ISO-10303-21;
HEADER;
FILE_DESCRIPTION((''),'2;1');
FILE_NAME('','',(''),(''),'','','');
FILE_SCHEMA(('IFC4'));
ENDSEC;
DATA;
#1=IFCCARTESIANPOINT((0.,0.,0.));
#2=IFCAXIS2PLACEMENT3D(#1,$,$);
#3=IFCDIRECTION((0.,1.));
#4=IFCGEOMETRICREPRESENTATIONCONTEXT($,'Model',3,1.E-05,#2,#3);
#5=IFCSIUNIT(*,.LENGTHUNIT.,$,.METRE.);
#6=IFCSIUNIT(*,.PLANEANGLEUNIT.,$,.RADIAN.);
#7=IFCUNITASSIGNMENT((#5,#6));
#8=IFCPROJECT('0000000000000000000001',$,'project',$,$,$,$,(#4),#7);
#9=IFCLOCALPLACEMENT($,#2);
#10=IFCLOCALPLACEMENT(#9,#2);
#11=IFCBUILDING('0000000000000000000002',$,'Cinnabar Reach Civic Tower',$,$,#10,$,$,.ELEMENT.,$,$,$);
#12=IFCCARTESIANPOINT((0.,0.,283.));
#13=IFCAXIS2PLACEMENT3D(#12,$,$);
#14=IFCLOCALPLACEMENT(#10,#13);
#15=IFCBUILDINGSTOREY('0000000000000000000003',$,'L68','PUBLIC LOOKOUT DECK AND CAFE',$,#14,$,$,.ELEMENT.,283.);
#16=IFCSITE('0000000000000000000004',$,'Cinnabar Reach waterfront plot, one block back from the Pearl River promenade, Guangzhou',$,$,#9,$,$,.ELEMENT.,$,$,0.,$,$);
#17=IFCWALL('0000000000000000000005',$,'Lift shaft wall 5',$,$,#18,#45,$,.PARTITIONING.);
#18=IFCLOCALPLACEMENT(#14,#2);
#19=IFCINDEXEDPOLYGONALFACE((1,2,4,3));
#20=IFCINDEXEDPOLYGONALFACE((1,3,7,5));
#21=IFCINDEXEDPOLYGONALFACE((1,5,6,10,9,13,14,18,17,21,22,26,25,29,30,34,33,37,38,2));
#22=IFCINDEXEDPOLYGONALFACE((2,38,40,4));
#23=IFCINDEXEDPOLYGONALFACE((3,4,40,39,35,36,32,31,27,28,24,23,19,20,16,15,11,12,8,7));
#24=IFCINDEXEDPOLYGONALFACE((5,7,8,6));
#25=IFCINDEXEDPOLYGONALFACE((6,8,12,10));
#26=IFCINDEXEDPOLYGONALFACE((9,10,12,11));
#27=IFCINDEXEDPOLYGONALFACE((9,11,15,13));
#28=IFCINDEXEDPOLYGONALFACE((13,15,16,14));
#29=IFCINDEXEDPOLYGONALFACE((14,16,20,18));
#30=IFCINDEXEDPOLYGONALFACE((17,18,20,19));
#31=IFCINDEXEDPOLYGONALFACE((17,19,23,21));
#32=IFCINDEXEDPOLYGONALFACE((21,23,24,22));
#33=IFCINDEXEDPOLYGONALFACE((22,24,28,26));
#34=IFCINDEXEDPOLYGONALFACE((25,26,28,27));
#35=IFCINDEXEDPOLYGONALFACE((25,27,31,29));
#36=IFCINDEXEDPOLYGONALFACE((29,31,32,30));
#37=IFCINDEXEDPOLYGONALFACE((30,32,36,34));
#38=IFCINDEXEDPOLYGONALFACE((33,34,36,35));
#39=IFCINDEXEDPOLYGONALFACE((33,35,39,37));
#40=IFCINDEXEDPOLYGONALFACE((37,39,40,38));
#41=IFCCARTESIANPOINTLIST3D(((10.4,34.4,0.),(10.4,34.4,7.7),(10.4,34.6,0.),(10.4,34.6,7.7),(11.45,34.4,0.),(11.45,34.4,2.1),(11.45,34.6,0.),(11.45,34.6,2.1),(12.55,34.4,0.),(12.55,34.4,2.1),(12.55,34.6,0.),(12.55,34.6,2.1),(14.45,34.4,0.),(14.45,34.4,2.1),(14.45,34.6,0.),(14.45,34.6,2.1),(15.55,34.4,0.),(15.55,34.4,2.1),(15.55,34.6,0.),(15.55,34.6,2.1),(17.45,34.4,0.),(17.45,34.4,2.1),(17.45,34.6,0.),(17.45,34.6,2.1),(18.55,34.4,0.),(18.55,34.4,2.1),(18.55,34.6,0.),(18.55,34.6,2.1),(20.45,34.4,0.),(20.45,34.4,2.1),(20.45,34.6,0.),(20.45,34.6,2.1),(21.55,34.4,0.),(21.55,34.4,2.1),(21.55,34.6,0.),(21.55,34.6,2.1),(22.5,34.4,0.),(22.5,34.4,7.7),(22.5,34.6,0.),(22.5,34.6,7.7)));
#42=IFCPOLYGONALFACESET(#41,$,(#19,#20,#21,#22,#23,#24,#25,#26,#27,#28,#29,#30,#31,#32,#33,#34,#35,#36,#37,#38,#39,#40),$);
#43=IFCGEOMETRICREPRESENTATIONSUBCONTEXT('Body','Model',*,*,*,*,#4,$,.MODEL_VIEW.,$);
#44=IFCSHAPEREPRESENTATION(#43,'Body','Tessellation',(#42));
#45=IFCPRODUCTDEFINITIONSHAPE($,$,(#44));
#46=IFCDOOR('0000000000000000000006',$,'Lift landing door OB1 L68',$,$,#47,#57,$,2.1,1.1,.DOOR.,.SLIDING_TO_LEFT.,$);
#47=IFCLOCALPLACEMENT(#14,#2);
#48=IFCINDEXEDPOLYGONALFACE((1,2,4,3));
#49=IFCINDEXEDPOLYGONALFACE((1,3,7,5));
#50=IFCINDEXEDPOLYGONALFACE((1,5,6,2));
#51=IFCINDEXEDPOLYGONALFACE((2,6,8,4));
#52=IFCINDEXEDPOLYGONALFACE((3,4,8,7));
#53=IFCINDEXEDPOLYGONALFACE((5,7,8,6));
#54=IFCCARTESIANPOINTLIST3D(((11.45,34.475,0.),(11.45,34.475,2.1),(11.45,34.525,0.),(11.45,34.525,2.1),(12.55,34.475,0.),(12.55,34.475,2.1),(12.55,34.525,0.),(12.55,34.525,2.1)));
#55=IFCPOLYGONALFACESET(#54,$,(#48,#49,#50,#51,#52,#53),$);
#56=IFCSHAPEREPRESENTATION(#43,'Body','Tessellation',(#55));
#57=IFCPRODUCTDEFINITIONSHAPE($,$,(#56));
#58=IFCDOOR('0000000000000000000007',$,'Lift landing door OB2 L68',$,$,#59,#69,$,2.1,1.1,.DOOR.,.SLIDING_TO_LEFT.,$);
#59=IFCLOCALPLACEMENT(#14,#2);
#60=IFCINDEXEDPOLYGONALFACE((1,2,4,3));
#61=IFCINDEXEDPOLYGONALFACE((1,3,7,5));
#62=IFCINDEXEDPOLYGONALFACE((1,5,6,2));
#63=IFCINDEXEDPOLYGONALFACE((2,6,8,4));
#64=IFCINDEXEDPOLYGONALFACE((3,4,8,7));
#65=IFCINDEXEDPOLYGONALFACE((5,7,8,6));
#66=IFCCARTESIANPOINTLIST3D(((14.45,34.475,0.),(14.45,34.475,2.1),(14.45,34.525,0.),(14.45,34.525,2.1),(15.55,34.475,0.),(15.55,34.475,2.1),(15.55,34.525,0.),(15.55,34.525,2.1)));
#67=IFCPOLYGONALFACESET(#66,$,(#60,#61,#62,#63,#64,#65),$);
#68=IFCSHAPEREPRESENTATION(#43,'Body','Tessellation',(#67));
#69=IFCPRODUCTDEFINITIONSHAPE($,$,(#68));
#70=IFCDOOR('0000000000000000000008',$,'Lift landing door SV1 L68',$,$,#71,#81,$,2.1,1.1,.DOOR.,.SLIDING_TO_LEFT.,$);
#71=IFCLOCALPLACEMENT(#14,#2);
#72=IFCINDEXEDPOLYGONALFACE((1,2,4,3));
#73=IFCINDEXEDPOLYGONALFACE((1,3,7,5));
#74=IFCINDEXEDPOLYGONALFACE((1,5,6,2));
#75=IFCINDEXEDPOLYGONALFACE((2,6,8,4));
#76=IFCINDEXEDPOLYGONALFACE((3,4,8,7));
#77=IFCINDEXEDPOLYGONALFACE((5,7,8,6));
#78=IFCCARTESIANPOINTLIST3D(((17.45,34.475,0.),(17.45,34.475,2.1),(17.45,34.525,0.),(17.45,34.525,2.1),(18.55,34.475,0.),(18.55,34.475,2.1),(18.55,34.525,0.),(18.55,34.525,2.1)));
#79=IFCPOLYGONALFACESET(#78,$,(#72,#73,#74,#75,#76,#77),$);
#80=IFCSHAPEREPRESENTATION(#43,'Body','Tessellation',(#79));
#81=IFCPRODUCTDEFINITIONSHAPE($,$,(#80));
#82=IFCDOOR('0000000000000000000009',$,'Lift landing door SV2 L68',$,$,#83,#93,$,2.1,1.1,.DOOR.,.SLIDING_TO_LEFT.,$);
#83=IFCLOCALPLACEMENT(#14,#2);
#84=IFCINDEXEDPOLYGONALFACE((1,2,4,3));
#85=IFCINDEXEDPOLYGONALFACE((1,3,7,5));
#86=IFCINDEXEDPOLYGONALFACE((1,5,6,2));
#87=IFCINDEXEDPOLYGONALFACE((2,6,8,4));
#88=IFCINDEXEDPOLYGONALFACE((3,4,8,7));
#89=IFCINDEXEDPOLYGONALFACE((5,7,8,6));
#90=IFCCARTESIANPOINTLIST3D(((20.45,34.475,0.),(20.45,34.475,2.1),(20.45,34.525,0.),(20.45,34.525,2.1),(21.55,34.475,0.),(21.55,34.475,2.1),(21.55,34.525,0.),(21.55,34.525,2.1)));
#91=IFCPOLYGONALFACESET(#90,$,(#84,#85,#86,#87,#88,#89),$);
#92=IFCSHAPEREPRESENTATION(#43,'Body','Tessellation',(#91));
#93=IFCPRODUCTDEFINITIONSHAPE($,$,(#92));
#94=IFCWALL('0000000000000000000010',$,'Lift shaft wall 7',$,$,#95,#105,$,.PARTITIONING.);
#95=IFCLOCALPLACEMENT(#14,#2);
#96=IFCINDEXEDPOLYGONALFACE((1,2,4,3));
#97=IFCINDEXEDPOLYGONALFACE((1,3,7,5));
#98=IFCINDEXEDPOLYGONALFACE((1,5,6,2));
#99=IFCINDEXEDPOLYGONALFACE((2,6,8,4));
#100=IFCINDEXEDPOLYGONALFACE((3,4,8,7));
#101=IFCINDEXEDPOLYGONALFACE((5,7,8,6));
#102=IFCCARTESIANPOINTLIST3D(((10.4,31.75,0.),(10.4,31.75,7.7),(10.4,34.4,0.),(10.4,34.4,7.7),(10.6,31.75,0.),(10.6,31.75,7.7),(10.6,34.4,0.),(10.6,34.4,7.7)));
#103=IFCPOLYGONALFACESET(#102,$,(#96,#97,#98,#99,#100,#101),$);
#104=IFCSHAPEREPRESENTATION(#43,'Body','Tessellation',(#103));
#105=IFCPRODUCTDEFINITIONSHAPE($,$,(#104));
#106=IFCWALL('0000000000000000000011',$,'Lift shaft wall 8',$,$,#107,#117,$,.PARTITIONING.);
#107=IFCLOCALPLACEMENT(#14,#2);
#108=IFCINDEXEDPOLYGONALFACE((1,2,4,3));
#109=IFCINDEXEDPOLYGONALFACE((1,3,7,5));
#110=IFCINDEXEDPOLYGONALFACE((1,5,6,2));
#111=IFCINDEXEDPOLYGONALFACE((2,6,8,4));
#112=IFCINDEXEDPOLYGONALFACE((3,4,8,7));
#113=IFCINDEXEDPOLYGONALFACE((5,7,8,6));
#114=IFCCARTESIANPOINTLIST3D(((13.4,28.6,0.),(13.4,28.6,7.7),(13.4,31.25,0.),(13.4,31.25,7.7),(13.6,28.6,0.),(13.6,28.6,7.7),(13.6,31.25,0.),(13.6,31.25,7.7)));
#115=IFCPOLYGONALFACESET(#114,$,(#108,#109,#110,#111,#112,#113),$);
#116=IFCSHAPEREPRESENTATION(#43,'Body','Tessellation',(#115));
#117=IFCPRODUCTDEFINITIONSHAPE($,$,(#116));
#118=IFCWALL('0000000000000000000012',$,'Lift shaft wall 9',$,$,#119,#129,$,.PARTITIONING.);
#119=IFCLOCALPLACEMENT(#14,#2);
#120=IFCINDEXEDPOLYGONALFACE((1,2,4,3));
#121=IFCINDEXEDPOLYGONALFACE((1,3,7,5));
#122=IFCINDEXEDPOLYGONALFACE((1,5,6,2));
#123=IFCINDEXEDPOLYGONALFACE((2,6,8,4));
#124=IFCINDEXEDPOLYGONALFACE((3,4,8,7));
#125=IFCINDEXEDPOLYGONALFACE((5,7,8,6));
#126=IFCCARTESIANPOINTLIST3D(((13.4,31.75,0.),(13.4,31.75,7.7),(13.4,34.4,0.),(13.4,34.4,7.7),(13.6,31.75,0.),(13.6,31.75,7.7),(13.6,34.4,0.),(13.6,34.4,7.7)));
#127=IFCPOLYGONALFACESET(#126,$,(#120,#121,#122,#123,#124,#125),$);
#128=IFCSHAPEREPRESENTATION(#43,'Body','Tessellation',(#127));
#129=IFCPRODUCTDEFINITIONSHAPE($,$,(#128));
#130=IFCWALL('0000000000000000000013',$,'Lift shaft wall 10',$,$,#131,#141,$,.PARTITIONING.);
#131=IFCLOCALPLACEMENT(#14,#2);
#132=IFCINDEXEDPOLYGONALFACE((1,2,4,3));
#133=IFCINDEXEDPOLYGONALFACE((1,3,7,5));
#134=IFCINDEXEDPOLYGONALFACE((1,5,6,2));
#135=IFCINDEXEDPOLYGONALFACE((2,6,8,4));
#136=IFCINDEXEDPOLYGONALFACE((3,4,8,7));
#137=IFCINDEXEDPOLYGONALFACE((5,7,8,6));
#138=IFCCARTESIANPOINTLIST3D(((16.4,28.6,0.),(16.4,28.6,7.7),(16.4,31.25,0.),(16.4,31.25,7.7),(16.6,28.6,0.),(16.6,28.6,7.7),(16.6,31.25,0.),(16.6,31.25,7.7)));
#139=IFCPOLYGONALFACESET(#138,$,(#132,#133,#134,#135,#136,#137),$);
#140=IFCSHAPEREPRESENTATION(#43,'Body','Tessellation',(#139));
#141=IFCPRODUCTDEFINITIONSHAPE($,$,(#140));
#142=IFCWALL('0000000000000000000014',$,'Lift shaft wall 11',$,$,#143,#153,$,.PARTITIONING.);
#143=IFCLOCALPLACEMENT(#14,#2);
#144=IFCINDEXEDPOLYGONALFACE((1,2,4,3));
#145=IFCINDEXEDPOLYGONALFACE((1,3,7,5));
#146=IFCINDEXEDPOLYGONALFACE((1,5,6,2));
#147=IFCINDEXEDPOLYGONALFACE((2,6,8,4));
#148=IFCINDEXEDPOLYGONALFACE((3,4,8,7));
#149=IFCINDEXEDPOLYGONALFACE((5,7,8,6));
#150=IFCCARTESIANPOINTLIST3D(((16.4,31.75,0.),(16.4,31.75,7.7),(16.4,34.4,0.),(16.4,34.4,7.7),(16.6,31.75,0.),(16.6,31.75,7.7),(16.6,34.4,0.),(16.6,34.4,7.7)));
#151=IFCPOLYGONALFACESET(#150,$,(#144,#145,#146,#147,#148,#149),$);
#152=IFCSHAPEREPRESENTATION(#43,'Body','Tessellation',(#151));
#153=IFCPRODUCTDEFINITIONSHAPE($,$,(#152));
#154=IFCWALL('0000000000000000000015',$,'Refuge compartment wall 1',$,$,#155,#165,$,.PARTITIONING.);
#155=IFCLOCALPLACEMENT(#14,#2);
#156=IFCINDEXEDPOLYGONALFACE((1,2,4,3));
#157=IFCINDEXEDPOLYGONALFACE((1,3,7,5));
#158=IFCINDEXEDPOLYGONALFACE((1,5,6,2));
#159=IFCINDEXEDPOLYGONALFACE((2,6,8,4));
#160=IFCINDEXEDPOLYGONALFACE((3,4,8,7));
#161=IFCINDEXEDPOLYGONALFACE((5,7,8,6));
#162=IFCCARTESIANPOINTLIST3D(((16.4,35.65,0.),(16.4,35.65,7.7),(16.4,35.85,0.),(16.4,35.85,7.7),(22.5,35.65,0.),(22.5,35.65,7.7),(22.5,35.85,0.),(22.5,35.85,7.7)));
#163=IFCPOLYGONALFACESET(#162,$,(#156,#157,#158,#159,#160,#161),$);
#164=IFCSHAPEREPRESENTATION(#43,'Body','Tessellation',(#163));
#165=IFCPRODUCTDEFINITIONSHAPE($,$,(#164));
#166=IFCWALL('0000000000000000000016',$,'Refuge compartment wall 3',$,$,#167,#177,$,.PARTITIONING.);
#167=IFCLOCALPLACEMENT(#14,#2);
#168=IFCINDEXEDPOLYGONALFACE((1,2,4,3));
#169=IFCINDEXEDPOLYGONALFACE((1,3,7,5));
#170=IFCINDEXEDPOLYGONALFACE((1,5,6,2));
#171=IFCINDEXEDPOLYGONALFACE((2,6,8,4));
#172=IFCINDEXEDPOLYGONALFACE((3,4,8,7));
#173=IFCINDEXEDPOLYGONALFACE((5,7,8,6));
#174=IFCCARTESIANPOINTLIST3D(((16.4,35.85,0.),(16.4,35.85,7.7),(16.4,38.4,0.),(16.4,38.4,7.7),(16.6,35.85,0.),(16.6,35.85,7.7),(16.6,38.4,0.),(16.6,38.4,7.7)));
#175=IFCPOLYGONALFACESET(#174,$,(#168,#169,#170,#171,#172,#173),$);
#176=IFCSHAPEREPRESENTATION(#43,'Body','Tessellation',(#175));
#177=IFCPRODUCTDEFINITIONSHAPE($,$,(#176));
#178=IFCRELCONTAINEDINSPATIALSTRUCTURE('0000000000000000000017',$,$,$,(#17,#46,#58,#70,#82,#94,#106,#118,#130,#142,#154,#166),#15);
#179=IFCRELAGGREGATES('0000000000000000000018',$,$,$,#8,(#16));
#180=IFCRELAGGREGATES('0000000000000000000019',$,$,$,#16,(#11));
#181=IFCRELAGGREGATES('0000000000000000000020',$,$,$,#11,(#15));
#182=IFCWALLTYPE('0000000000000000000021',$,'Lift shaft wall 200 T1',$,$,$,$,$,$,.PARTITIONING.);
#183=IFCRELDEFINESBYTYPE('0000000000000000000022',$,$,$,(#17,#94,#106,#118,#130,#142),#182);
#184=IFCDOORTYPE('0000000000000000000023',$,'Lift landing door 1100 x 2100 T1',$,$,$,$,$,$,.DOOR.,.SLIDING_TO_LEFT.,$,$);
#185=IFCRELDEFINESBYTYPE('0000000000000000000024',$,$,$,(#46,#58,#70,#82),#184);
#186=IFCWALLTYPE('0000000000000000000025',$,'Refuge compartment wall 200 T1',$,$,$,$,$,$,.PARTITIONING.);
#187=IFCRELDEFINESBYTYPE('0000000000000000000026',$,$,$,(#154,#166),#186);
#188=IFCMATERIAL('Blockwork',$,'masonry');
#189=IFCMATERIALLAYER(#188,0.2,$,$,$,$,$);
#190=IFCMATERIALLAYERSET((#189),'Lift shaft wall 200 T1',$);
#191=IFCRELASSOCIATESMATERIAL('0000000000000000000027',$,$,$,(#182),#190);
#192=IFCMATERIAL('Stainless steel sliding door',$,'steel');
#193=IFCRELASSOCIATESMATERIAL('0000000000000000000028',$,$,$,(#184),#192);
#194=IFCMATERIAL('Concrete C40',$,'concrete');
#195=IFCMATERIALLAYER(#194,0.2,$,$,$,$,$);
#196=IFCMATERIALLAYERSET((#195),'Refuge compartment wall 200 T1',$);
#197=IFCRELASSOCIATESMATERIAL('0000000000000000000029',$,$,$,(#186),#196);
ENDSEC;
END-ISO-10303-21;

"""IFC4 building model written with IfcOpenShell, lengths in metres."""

from ifc_helpers import new_model, si_unit, direction, frame, frame_2d, origin, place, context, subcontext, project, spatial, rectangle, extrude, material, layer, layer_set, type_object, element, fill, save


model = new_model("IFC4")

# Units and contexts
model_context = context("Model", 3, precision=1e-05, world=origin(), true_north=direction((0.0, 1.0)))
body_context = subcontext(model_context, "Body", "Model", "MODEL_VIEW")
ifc_project = project(units=[si_unit("LENGTHUNIT", "METRE"), si_unit("PLANEANGLEUNIT", "RADIAN")], contexts=[model_context])

# Site, building, storey
site_placement = place(None, origin())
site = spatial("IfcSite", under=ifc_project, at=site_placement, Name="Cinnabar Reach waterfront plot, one block back from the Pearl River promenade, Guangzhou", CompositionType="ELEMENT", RefElevation=0.0)
building_placement = place(site_placement, origin())
building = spatial("IfcBuilding", under=site, at=building_placement, Name="Cinnabar Reach Civic Tower", CompositionType="ELEMENT")
storey_placement = place(building_placement, frame((0.0, 0.0, 283.0)))
storey = spatial("IfcBuildingStorey", under=building, at=storey_placement, Name="L68", Description="PUBLIC LOOKOUT DECK AND CAFE", CompositionType="ELEMENT", Elevation=283.0)

# Wall, openings, doors
ifc_material_1 = material(Name="Blockwork", Category="masonry")
ifc_layer_1 = layer(ifc_material_1, 0.2)
ifc_layer_set_1 = layer_set([ifc_layer_1], Name="Lift shaft wall 200 T1")
wall_type_1 = type_object("IfcWallType", Name="Lift shaft wall 200 T1", PredefinedType="PARTITIONING", material=ifc_layer_set_1)
wall_1_placement = place(storey_placement, frame((10.4, 34.5, 0.0), z_axis=(0.0, 0.0, 1.0), x_axis=(1.0, 0.0, 0.0)))
wall_1 = element("IfcWall", 1, at=wall_1_placement, inside=storey, type_object=wall_type_1, Name="Lift shaft wall 5", PredefinedType="PARTITIONING", context=body_context, shape_type="SweptSolid", body=[
    extrude(rectangle(XDim=12.1, YDim=0.2, at=frame_2d((6.05, 0.0))), origin(), (0.0, 0.0, 1.0), 7.7),
])
opening_1_placement = place(wall_1_placement, frame((1.05, 0.0, 0.0)))
opening_1 = element("IfcOpeningElement", 2, at=opening_1_placement, cuts=wall_1, PredefinedType="OPENING", context=body_context, shape_type="SweptSolid", body=[
    extrude(rectangle(XDim=1.1, YDim=2.1, at=frame_2d((0.55, 1.05))), frame((0.0, 0.11, 0.0), z_axis=(0.0, -1.0, 0.0), x_axis=(1.0, 0.0, 0.0)), (0.0, 0.0, 1.0), 0.22),
])
opening_2_placement = place(wall_1_placement, frame((4.05, 0.0, 0.0)))
opening_2 = element("IfcOpeningElement", 3, at=opening_2_placement, cuts=wall_1, PredefinedType="OPENING", context=body_context, shape_type="SweptSolid", body=[
    extrude(rectangle(XDim=1.1, YDim=2.1, at=frame_2d((0.55, 1.05))), frame((0.0, 0.11, 0.0), z_axis=(0.0, -1.0, 0.0), x_axis=(1.0, 0.0, 0.0)), (0.0, 0.0, 1.0), 0.22),
])
opening_3_placement = place(wall_1_placement, frame((7.05, 0.0, 0.0)))
opening_3 = element("IfcOpeningElement", 4, at=opening_3_placement, cuts=wall_1, PredefinedType="OPENING", context=body_context, shape_type="SweptSolid", body=[
    extrude(rectangle(XDim=1.1, YDim=2.1, at=frame_2d((0.55, 1.05))), frame((0.0, 0.11, 0.0), z_axis=(0.0, -1.0, 0.0), x_axis=(1.0, 0.0, 0.0)), (0.0, 0.0, 1.0), 0.22),
])
opening_4_placement = place(wall_1_placement, frame((10.05, 0.0, 0.0)))
opening_4 = element("IfcOpeningElement", 5, at=opening_4_placement, cuts=wall_1, PredefinedType="OPENING", context=body_context, shape_type="SweptSolid", body=[
    extrude(rectangle(XDim=1.1, YDim=2.1, at=frame_2d((0.55, 1.05))), frame((0.0, 0.11, 0.0), z_axis=(0.0, -1.0, 0.0), x_axis=(1.0, 0.0, 0.0)), (0.0, 0.0, 1.0), 0.22),
])
ifc_material_2 = material(Name="Stainless steel sliding door", Category="steel")
door_type_1 = type_object("IfcDoorType", Name="Lift landing door 1100 x 2100 T1", OperationType="SLIDING_TO_LEFT", PredefinedType="DOOR", material=ifc_material_2)
door_1_placement = place(opening_1_placement, origin())
door_1 = element("IfcDoor", 6, at=door_1_placement, inside=storey, type_object=door_type_1, Name="Lift landing door OB1 L68", OperationType="SLIDING_TO_LEFT", OverallHeight=2.1, OverallWidth=1.1, PredefinedType="DOOR", context=body_context, shape_type="SweptSolid", body=[
    extrude(rectangle(XDim=1.1, YDim=2.1, at=frame_2d((0.55, 1.05))), frame((0.0, 0.025, 0.0), z_axis=(0.0, -1.0, 0.0), x_axis=(1.0, 0.0, 0.0)), (0.0, 0.0, 1.0), 0.05),
])
fill(opening_1, door_1)
door_2_placement = place(opening_2_placement, origin())
door_2 = element("IfcDoor", 7, at=door_2_placement, inside=storey, type_object=door_type_1, Name="Lift landing door OB2 L68", OperationType="SLIDING_TO_LEFT", OverallHeight=2.1, OverallWidth=1.1, PredefinedType="DOOR", context=body_context, shape_type="SweptSolid", body=[
    extrude(rectangle(XDim=1.1, YDim=2.1, at=frame_2d((0.55, 1.05))), frame((0.0, 0.025, 0.0), z_axis=(0.0, -1.0, 0.0), x_axis=(1.0, 0.0, 0.0)), (0.0, 0.0, 1.0), 0.05),
])
fill(opening_2, door_2)
door_3_placement = place(opening_3_placement, origin())
door_3 = element("IfcDoor", 8, at=door_3_placement, inside=storey, type_object=door_type_1, Name="Lift landing door SV1 L68", OperationType="SLIDING_TO_LEFT", OverallHeight=2.1, OverallWidth=1.1, PredefinedType="DOOR", context=body_context, shape_type="SweptSolid", body=[
    extrude(rectangle(XDim=1.1, YDim=2.1, at=frame_2d((0.55, 1.05))), frame((0.0, 0.025, 0.0), z_axis=(0.0, -1.0, 0.0), x_axis=(1.0, 0.0, 0.0)), (0.0, 0.0, 1.0), 0.05),
])
fill(opening_3, door_3)
door_4_placement = place(opening_4_placement, origin())
door_4 = element("IfcDoor", 9, at=door_4_placement, inside=storey, type_object=door_type_1, Name="Lift landing door SV2 L68", OperationType="SLIDING_TO_LEFT", OverallHeight=2.1, OverallWidth=1.1, PredefinedType="DOOR", context=body_context, shape_type="SweptSolid", body=[
    extrude(rectangle(XDim=1.1, YDim=2.1, at=frame_2d((0.55, 1.05))), frame((0.0, 0.025, 0.0), z_axis=(0.0, -1.0, 0.0), x_axis=(1.0, 0.0, 0.0)), (0.0, 0.0, 1.0), 0.05),
])
fill(opening_4, door_4)

# Walls
for number, where, z_axis, x_axis, name in (
    (10, (10.5, 31.75, 0.0), (0.0, 0.0, 1.0), (0.0, 1.0, 0.0), "Lift shaft wall 7"),
    (11, (13.5, 28.6, 0.0), (0.0, 0.0, 1.0), (0.0, 1.0, 0.0), "Lift shaft wall 8"),
    (12, (13.5, 31.75, 0.0), (0.0, 0.0, 1.0), (0.0, 1.0, 0.0), "Lift shaft wall 9"),
    (13, (16.5, 28.6, 0.0), (0.0, 0.0, 1.0), (0.0, 1.0, 0.0), "Lift shaft wall 10"),
    (14, (16.5, 31.75, 0.0), (0.0, 0.0, 1.0), (0.0, 1.0, 0.0), "Lift shaft wall 11"),
):
    element("IfcWall", number, at=place(storey_placement, frame(where, z_axis=z_axis, x_axis=x_axis)), inside=storey, type_object=wall_type_1, Name=name, PredefinedType="PARTITIONING", context=body_context, shape_type="SweptSolid", body=[
        extrude(rectangle(XDim=2.65, YDim=0.2, at=frame_2d((1.325, 0.0))), origin(), (0.0, 0.0, 1.0), 7.7),
    ])
ifc_material_3 = material(Name="Concrete C40", Category="concrete")
ifc_layer_2 = layer(ifc_material_3, 0.2)
ifc_layer_set_2 = layer_set([ifc_layer_2], Name="Refuge compartment wall 200 T1")
wall_type_2 = type_object("IfcWallType", Name="Refuge compartment wall 200 T1", PredefinedType="PARTITIONING", material=ifc_layer_set_2)
wall_2_placement = place(storey_placement, frame((16.4, 35.75, 0.0), z_axis=(0.0, 0.0, 1.0), x_axis=(1.0, 0.0, 0.0)))
element("IfcWall", 15, at=wall_2_placement, inside=storey, type_object=wall_type_2, Name="Refuge compartment wall 1", PredefinedType="PARTITIONING", context=body_context, shape_type="SweptSolid", body=[
    extrude(rectangle(XDim=6.1, YDim=0.2, at=frame_2d((3.05, 0.0))), origin(), (0.0, 0.0, 1.0), 7.7),
])
wall_3_placement = place(storey_placement, frame((16.5, 35.85, 0.0), z_axis=(0.0, 0.0, 1.0), x_axis=(0.0, 1.0, 0.0)))
element("IfcWall", 16, at=wall_3_placement, inside=storey, type_object=wall_type_2, Name="Refuge compartment wall 3", PredefinedType="PARTITIONING", context=body_context, shape_type="SweptSolid", body=[
    extrude(rectangle(XDim=2.55, YDim=0.2, at=frame_2d((1.275, 0.0))), origin(), (0.0, 0.0, 1.0), 7.7),
])

save(model, "model.ifc")
